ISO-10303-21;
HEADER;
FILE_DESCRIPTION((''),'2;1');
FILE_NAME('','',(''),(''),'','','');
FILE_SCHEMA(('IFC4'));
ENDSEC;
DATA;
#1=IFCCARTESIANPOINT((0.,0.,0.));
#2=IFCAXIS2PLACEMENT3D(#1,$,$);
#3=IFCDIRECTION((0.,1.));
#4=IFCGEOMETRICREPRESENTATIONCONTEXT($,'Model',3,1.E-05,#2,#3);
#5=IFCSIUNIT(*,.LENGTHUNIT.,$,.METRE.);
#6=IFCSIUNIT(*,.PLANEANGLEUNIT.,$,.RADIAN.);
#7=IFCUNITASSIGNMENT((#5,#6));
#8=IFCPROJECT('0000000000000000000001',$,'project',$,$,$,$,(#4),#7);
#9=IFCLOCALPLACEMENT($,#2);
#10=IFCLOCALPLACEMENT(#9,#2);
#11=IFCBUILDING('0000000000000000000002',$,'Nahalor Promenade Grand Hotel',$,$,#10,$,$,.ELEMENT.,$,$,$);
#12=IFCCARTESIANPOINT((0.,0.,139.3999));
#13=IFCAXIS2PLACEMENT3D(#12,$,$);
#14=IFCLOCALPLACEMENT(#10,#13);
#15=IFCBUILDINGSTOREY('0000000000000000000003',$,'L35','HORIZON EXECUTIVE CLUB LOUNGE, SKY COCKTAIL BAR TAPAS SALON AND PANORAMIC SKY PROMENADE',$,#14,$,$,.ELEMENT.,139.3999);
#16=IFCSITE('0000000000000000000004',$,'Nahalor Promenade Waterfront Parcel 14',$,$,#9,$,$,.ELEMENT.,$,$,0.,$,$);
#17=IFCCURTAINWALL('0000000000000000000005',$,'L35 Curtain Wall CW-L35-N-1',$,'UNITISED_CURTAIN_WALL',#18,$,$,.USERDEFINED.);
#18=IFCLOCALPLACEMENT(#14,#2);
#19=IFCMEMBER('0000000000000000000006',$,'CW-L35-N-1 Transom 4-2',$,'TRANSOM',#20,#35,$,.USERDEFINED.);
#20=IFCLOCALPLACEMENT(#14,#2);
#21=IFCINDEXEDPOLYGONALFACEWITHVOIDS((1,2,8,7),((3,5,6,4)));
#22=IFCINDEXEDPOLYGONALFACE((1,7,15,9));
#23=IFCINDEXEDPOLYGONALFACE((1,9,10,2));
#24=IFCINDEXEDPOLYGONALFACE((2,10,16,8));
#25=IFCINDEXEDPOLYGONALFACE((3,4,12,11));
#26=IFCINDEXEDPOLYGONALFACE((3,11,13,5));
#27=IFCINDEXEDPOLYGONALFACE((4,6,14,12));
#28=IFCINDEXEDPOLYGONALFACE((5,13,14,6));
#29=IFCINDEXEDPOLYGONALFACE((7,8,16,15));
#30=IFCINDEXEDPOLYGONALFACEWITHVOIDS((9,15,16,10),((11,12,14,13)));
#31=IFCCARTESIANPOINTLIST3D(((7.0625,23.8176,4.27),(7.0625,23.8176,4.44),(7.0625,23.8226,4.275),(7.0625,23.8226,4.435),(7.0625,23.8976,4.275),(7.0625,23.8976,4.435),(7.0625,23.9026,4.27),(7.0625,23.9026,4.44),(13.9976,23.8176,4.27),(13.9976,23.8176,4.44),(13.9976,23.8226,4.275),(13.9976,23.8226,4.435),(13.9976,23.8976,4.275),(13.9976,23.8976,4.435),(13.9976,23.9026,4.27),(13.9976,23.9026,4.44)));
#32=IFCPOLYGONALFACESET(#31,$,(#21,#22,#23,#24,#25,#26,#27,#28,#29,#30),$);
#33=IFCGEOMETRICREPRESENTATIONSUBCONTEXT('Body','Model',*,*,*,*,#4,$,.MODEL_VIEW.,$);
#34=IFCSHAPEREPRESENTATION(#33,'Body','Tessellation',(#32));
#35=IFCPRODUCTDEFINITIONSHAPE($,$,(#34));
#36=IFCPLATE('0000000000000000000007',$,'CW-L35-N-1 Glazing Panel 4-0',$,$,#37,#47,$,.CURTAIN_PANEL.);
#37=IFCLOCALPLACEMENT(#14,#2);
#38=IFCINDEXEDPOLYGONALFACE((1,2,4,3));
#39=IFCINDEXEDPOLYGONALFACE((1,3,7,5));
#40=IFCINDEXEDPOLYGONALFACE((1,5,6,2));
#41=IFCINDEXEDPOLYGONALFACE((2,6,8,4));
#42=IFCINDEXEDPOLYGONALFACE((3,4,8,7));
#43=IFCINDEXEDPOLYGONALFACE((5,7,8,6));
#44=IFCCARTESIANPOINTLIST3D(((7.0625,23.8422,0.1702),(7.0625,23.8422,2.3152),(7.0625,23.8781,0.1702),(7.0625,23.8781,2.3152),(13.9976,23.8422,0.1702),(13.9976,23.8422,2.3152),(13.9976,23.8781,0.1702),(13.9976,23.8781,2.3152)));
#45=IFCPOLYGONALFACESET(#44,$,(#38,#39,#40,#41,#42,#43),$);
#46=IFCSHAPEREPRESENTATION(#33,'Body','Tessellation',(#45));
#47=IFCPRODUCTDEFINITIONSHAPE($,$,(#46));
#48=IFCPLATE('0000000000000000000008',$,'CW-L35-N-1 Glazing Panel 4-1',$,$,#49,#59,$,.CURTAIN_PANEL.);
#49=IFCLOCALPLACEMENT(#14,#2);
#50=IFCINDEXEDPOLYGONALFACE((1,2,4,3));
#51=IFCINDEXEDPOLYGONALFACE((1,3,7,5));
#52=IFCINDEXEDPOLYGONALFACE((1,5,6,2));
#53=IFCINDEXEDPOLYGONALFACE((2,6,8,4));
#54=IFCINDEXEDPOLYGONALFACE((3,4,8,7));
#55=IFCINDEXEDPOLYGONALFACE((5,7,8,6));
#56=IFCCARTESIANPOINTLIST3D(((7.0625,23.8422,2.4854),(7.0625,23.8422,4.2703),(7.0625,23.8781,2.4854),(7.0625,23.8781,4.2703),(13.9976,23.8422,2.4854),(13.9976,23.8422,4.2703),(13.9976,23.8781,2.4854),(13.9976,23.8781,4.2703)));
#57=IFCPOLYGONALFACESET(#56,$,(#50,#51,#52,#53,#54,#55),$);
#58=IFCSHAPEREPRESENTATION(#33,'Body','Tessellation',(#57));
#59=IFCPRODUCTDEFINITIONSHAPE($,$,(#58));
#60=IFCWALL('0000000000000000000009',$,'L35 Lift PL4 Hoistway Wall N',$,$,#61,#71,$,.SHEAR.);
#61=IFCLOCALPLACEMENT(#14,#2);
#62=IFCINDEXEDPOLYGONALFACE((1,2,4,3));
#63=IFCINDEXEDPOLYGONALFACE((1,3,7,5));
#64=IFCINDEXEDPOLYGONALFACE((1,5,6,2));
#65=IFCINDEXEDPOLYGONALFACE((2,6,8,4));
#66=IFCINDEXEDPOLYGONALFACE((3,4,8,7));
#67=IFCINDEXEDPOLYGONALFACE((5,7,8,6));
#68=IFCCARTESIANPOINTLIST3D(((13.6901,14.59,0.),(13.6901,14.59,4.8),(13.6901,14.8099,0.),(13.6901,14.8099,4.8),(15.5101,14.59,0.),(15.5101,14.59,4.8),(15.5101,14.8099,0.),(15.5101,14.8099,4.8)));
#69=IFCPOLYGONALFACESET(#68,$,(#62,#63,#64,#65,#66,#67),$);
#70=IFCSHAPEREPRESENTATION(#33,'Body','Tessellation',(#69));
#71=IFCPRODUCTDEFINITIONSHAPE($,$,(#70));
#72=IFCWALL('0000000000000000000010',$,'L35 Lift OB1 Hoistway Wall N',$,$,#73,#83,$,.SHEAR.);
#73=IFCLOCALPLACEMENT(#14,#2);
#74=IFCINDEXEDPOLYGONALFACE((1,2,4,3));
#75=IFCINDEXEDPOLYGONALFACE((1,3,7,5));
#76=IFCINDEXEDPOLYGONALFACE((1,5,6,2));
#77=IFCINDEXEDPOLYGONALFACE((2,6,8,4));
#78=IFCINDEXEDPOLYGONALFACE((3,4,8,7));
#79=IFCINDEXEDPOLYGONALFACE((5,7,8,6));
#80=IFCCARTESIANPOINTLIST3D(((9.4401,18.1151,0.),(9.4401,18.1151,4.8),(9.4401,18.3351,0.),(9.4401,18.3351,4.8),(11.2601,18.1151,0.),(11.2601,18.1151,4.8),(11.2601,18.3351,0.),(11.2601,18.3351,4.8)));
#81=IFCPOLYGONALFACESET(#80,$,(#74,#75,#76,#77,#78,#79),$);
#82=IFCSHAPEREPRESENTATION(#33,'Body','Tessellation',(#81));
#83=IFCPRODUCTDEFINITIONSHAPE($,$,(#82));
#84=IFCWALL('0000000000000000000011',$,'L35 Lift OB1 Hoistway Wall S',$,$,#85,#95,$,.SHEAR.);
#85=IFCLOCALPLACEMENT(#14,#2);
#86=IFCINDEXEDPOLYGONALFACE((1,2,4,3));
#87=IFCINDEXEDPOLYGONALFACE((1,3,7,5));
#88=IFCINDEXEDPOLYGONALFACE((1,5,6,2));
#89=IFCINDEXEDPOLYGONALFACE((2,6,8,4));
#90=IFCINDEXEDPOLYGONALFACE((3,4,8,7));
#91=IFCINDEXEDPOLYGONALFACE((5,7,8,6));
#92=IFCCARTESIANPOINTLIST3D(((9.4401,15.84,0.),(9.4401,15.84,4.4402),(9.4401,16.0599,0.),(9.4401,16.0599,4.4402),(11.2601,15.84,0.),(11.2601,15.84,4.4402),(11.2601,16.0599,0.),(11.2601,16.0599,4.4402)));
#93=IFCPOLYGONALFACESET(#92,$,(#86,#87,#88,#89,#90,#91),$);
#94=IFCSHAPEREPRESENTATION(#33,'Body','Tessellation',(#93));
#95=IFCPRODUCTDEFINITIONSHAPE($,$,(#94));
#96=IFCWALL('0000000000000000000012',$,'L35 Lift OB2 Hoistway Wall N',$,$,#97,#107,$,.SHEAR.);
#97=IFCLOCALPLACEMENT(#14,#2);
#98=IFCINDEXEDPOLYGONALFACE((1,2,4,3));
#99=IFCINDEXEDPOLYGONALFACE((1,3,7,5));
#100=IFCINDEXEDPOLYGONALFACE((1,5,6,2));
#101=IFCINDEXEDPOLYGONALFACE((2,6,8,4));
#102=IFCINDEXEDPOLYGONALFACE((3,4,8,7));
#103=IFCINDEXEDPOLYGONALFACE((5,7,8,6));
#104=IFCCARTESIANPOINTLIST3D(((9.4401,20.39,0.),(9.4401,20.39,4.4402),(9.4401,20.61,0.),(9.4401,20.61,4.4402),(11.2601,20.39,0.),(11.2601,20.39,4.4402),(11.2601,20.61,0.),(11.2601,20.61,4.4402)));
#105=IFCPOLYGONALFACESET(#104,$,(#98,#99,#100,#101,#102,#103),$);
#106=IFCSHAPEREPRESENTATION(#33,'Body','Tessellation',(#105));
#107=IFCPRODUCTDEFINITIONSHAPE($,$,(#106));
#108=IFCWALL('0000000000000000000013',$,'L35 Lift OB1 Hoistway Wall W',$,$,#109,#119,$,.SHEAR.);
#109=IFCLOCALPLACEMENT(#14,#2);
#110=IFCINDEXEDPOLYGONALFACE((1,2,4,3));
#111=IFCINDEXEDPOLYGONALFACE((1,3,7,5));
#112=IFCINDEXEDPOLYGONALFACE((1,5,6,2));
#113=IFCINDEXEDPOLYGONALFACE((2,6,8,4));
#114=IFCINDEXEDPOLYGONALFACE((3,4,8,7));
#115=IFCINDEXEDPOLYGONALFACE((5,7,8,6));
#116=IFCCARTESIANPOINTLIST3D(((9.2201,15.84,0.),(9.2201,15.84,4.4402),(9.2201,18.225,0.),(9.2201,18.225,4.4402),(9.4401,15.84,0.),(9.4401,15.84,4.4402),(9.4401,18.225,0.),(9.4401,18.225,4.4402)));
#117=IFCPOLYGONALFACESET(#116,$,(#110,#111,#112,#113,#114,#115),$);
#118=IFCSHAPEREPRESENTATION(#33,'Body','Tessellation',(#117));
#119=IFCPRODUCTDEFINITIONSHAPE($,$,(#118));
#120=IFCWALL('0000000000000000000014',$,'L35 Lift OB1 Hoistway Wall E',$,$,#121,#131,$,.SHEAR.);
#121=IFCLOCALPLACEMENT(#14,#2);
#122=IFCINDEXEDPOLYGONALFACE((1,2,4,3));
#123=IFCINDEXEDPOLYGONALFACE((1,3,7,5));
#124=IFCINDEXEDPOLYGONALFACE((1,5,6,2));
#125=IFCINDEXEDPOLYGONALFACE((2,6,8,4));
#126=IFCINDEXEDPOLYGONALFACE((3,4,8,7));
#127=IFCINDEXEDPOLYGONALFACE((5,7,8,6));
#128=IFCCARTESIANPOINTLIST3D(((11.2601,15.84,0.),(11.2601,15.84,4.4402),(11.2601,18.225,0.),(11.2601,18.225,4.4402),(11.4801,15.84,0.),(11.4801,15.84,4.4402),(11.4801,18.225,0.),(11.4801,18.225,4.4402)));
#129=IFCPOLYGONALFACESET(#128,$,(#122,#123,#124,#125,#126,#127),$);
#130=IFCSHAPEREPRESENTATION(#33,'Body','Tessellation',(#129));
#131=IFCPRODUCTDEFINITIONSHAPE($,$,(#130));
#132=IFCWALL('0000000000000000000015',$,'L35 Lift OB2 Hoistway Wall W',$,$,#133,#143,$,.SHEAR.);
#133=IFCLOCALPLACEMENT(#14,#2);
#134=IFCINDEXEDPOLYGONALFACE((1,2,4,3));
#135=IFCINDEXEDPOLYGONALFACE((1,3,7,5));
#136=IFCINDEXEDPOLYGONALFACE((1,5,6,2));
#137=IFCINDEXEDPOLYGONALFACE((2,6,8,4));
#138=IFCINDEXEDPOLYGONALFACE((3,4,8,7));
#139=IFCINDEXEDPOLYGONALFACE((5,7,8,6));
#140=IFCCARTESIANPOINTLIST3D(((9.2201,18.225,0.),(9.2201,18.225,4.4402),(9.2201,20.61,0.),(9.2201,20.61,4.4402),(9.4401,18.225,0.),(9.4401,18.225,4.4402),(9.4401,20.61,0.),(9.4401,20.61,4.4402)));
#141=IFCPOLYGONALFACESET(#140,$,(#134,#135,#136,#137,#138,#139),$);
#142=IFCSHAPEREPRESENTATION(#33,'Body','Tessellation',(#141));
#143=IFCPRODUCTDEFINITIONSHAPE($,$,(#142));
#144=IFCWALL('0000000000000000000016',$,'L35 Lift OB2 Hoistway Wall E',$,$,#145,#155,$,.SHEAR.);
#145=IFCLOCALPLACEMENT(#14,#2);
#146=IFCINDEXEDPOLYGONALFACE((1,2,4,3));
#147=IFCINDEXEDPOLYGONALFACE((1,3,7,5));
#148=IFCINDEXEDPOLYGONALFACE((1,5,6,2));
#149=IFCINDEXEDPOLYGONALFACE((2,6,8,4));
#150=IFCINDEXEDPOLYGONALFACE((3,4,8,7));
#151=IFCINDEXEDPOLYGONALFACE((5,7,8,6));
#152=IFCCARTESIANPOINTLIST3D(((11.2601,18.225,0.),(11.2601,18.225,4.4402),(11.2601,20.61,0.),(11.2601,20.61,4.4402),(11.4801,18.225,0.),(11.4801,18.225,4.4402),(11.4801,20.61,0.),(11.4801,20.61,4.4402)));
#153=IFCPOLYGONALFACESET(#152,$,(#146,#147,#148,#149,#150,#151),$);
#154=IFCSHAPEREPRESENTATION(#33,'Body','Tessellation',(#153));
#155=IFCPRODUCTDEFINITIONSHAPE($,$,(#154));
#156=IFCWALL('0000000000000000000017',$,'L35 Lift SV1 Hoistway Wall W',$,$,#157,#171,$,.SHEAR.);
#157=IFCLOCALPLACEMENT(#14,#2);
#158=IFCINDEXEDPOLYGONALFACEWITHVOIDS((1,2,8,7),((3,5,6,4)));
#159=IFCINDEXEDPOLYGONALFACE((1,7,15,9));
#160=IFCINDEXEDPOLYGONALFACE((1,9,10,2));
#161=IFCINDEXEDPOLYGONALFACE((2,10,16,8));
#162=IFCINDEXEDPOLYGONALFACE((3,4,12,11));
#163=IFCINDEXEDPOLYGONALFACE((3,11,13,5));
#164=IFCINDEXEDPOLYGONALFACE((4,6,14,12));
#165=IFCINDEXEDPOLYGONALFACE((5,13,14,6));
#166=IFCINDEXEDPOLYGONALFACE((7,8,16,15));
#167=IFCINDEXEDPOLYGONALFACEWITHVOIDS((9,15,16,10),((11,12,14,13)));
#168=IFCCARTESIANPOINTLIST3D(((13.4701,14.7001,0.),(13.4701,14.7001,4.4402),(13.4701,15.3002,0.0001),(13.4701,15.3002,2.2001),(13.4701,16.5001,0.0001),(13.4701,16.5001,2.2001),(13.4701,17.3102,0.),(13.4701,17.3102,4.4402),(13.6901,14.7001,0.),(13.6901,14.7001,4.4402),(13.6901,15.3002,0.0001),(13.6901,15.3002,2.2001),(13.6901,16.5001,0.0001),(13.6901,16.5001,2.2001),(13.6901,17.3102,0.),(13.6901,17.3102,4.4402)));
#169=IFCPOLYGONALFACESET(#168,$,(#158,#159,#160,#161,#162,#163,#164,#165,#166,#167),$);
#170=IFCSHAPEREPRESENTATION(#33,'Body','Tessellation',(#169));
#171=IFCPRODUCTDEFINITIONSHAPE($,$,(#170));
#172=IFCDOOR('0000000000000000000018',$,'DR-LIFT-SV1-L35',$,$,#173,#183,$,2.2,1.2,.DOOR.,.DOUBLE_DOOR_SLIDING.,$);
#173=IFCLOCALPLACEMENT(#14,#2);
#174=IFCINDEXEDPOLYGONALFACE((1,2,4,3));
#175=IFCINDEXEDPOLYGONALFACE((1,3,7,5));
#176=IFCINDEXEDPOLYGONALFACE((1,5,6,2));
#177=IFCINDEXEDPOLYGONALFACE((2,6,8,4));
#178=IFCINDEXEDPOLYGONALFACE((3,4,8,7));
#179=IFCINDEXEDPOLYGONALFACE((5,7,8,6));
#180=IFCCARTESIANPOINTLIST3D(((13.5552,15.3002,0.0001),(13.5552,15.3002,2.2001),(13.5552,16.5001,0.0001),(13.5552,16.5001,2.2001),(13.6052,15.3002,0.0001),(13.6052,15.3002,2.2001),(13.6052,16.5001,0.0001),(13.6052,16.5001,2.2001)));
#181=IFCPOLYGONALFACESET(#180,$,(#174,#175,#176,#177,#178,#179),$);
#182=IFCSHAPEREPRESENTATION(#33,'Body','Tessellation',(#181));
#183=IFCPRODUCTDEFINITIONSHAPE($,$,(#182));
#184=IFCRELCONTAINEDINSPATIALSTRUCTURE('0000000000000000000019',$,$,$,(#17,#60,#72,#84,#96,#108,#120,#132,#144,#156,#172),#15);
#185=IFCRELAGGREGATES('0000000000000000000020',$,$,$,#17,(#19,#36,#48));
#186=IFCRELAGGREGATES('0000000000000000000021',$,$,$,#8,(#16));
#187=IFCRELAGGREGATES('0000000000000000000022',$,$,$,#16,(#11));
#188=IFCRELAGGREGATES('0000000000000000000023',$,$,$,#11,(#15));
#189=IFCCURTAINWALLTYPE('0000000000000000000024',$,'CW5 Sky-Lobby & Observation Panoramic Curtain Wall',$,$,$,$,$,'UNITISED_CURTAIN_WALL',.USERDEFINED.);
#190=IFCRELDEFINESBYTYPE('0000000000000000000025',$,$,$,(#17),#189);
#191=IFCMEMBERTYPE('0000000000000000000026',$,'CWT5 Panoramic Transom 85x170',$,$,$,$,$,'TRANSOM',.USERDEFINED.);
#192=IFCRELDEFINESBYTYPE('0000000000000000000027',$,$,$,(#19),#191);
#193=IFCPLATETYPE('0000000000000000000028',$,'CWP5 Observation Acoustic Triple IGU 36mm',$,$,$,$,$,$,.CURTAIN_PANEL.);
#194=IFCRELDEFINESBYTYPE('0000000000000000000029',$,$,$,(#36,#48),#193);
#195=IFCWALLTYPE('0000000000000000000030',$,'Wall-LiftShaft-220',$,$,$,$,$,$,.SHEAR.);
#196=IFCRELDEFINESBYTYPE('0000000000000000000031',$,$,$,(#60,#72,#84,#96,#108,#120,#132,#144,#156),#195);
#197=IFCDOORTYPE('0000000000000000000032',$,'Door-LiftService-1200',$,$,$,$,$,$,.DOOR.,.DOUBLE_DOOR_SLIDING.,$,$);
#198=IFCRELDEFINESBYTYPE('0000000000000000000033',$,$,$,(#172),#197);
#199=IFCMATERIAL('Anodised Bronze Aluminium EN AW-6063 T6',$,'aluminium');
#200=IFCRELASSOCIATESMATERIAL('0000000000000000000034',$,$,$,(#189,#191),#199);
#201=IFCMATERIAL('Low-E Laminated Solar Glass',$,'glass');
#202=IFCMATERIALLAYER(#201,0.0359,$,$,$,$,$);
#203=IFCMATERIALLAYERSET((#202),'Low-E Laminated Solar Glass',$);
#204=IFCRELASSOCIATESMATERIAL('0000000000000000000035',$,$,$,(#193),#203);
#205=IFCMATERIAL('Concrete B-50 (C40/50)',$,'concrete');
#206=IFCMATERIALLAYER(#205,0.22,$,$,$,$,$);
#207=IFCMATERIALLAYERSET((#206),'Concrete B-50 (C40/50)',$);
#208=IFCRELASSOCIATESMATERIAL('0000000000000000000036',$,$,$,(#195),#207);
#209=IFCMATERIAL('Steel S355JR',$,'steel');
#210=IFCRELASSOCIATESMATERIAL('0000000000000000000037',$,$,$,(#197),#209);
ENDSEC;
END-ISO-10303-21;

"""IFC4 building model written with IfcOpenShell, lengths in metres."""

from ifc_helpers import new_model, si_unit, direction, frame, frame_2d, origin, origin_2d, place, context, subcontext, project, spatial, rectangle, hollow_rectangle, extrude, source, transform, mapped, material, layer, layer_set, material_profile, profile_set, type_object, element, fill, aggregate, save


model = new_model("IFC4")

# Units and contexts
model_context = context("Model", 3, precision=1e-05, world=origin(), true_north=direction((0.0, 1.0)))
body_context = subcontext(model_context, "Body", "Model", "MODEL_VIEW")
ifc_project = project(units=[si_unit("LENGTHUNIT", "METRE"), si_unit("PLANEANGLEUNIT", "RADIAN")], contexts=[model_context])

# Site, building, storey
site_placement = place(None, origin())
site = spatial("IfcSite", under=ifc_project, at=site_placement, Name="Nahalor Promenade Waterfront Parcel 14", CompositionType="ELEMENT", RefElevation=0.0)
building_placement = place(site_placement, origin())
building = spatial("IfcBuilding", under=site, at=building_placement, Name="Nahalor Promenade Grand Hotel", CompositionType="ELEMENT")
storey_placement = place(building_placement, frame((0.0, 0.0, 139.3999)))
storey = spatial("IfcBuildingStorey", under=building, at=storey_placement, Name="L35", Description="HORIZON EXECUTIVE CLUB LOUNGE, SKY COCKTAIL BAR TAPAS SALON AND PANORAMIC SKY PROMENADE", CompositionType="ELEMENT", Elevation=139.3999)

# Shared definitions
ifc_material_1 = material(Name="Steel S355JR", Category="steel")

# Curtain wall, member, plates
ifc_material_2 = material(Name="Anodised Bronze Aluminium EN AW-6063 T6", Category="aluminium")
curtain_wall_type = type_object("IfcCurtainWallType", Name="CW5 Sky-Lobby & Observation Panoramic Curtain Wall", ElementType="UNITISED_CURTAIN_WALL", PredefinedType="USERDEFINED", material=ifc_material_2)
curtain_wall_placement = place(storey_placement, origin())
curtain_wall = element("IfcCurtainWall", 1, at=curtain_wall_placement, inside=storey, type_object=curtain_wall_type, Name="L35 Curtain Wall CW-L35-N-1", ObjectType="UNITISED_CURTAIN_WALL", PredefinedType="USERDEFINED")
ifc_material_profile_1 = material_profile(ifc_material_2, hollow_rectangle(XDim=0.085, YDim=0.17, WallThickness=0.005, at=origin_2d()), Name="CWT 85x170x5")
ifc_profile_set_1 = profile_set([ifc_material_profile_1], Name="Anodised Bronze Aluminium EN AW-6063 T6")
member_type_1 = type_object("IfcMemberType", Name="CWT5 Panoramic Transom 85x170", ElementType="TRANSOM", PredefinedType="USERDEFINED", material=ifc_profile_set_1)
shared_shape_1 = source(origin(), body_context, "Body", "SweptSolid", [
    extrude(hollow_rectangle(XDim=0.085, YDim=0.17, WallThickness=0.005, at=origin_2d()), origin(), (0.0, 0.0, 1.0), 6.9351),
])
member_1_placement = place(storey_placement, frame((7.0625, 23.8601, 4.355), z_axis=(1.0, 0.0, 0.0), x_axis=(0.0, 1.0, 0.0)))
member_1 = element("IfcMember", 2, at=member_1_placement, type_object=member_type_1, Name="CW-L35-N-1 Transom 4-2", ObjectType="TRANSOM", PredefinedType="USERDEFINED", context=body_context, shape_type="MappedRepresentation", body=[
    mapped(shared_shape_1, transform((0.0, 0.0, 0.0), scale=1.0)),
])
ifc_material_3 = material(Name="Low-E Laminated Solar Glass", Category="glass")
ifc_layer_1 = layer(ifc_material_3, 0.0359)
ifc_layer_set_1 = layer_set([ifc_layer_1], Name="Low-E Laminated Solar Glass")
plate_type = type_object("IfcPlateType", Name="CWP5 Observation Acoustic Triple IGU 36mm", PredefinedType="CURTAIN_PANEL", material=ifc_layer_set_1)
shared_shape_2 = source(origin(), body_context, "Body", "SweptSolid", [
    extrude(rectangle(XDim=6.9351, YDim=0.0359, at=origin_2d()), origin(), (0.0, 0.0, 1.0), 2.145),
])
plate_1_placement = place(storey_placement, frame((10.53, 23.8601, 0.1702), z_axis=(0.0, 0.0, 1.0), x_axis=(1.0, 0.0, 0.0)))
plate_1 = element("IfcPlate", 3, at=plate_1_placement, type_object=plate_type, Name="CW-L35-N-1 Glazing Panel 4-0", PredefinedType="CURTAIN_PANEL", context=body_context, shape_type="MappedRepresentation", body=[
    mapped(shared_shape_2, transform((0.0, 0.0, 0.0), scale=1.0)),
])
shared_shape_3 = source(origin(), body_context, "Body", "SweptSolid", [
    extrude(rectangle(XDim=6.9351, YDim=0.0359, at=origin_2d()), origin(), (0.0, 0.0, 1.0), 1.7849),
])
plate_2_placement = place(storey_placement, frame((10.53, 23.8601, 2.4854), z_axis=(0.0, 0.0, 1.0), x_axis=(1.0, 0.0, 0.0)))
plate_2 = element("IfcPlate", 4, at=plate_2_placement, type_object=plate_type, Name="CW-L35-N-1 Glazing Panel 4-1", PredefinedType="CURTAIN_PANEL", context=body_context, shape_type="MappedRepresentation", body=[
    mapped(shared_shape_3, transform((0.0, 0.0, 0.0), scale=1.0)),
])
aggregate(curtain_wall, [member_1, plate_1, plate_2])

# Walls
ifc_material_4 = material(Name="Concrete B-50 (C40/50)", Category="concrete")
ifc_layer_2 = layer(ifc_material_4, 0.22)
ifc_layer_set_2 = layer_set([ifc_layer_2], Name="Concrete B-50 (C40/50)")
wall_type_1 = type_object("IfcWallType", Name="Wall-LiftShaft-220", PredefinedType="SHEAR", material=ifc_layer_set_2)
shared_shape_4 = source(origin(), body_context, "Body", "SweptSolid", [
    extrude(rectangle(XDim=1.8201, YDim=0.22, at=frame_2d((0.9102, 0.0))), origin(), (0.0, 0.0, 1.0), 4.8),
])
for number, where, z_axis, x_axis, name in (
    (5, (13.6899, 14.7, 0.0), (0.0, 0.0, 1.0), (1.0, 0.0, 0.0), "L35 Lift PL4 Hoistway Wall N"),
    (6, (9.4399, 18.2251, 0.0), (0.0, 0.0, 1.0), (1.0, 0.0, 0.0), "L35 Lift OB1 Hoistway Wall N"),
):
    element("IfcWall", number, at=place(storey_placement, frame(where, z_axis=z_axis, x_axis=x_axis)), inside=storey, type_object=wall_type_1, Name=name, PredefinedType="SHEAR", context=body_context, shape_type="MappedRepresentation", body=[
        mapped(shared_shape_4, transform((0.0, 0.0, 0.0), scale=1.0)),
    ])
shared_shape_5 = source(origin(), body_context, "Body", "SweptSolid", [
    extrude(rectangle(XDim=1.8201, YDim=0.22, at=frame_2d((0.9102, 0.0))), origin(), (0.0, 0.0, 1.0), 4.4402),
])
for number, where, z_axis, x_axis, name in (
    (7, (9.4399, 15.95, 0.0), (0.0, 0.0, 1.0), (1.0, 0.0, 0.0), "L35 Lift OB1 Hoistway Wall S"),
    (8, (9.4399, 20.5, 0.0), (0.0, 0.0, 1.0), (1.0, 0.0, 0.0), "L35 Lift OB2 Hoistway Wall N"),
):
    element("IfcWall", number, at=place(storey_placement, frame(where, z_axis=z_axis, x_axis=x_axis)), inside=storey, type_object=wall_type_1, Name=name, PredefinedType="SHEAR", context=body_context, shape_type="MappedRepresentation", body=[
        mapped(shared_shape_5, transform((0.0, 0.0, 0.0), scale=1.0)),
    ])
shared_shape_6 = source(origin(), body_context, "Body", "SweptSolid", [
    extrude(rectangle(XDim=2.385, YDim=0.22, at=frame_2d((1.1924, 0.0))), origin(), (0.0, 0.0, 1.0), 4.4402),
])
for number, where, z_axis, x_axis, name in (
    (9, (9.3301, 15.8401, 0.0), (0.0, 0.0, 1.0), (0.0, 1.0, 0.0), "L35 Lift OB1 Hoistway Wall W"),
    (10, (11.3701, 15.8401, 0.0), (0.0, 0.0, 1.0), (0.0, 1.0, 0.0), "L35 Lift OB1 Hoistway Wall E"),
    (11, (9.3301, 18.2251, 0.0), (0.0, 0.0, 1.0), (0.0, 1.0, 0.0), "L35 Lift OB2 Hoistway Wall W"),
    (12, (11.3701, 18.2251, 0.0), (0.0, 0.0, 1.0), (0.0, 1.0, 0.0), "L35 Lift OB2 Hoistway Wall E"),
):
    element("IfcWall", number, at=place(storey_placement, frame(where, z_axis=z_axis, x_axis=x_axis)), inside=storey, type_object=wall_type_1, Name=name, PredefinedType="SHEAR", context=body_context, shape_type="MappedRepresentation", body=[
        mapped(shared_shape_6, transform((0.0, 0.0, 0.0), scale=1.0)),
    ])

# Wall, opening, door
shared_shape_7 = source(origin(), body_context, "Body", "SweptSolid", [
    extrude(rectangle(XDim=2.6101, YDim=0.22, at=frame_2d((1.3052, 0.0))), origin(), (0.0, 0.0, 1.0), 4.4402),
])
wall_1_placement = place(storey_placement, frame((13.5801, 14.7, 0.0), z_axis=(0.0, 0.0, 1.0), x_axis=(0.0, 1.0, 0.0)))
wall_1 = element("IfcWall", 13, at=wall_1_placement, inside=storey, type_object=wall_type_1, Name="L35 Lift SV1 Hoistway Wall W", PredefinedType="SHEAR", context=body_context, shape_type="MappedRepresentation", body=[
    mapped(shared_shape_7, transform((0.0, 0.0, 0.0), scale=1.0)),
])
opening_1_placement = place(wall_1_placement, frame((0.6001, 0.0, 0.0)))
opening_1 = element("IfcOpeningElement", 14, at=opening_1_placement, cuts=wall_1, PredefinedType="OPENING", context=body_context, shape_type="SweptSolid", body=[
    extrude(rectangle(XDim=1.2, YDim=2.2, at=frame_2d((0.6001, 1.1001))), frame((0.0, 0.1199, 0.0), z_axis=(0.0, -1.0, 0.0), x_axis=(1.0, 0.0, 0.0)), (0.0, 0.0, 1.0), 0.24),
])
door_type_1 = type_object("IfcDoorType", Name="Door-LiftService-1200", OperationType="DOUBLE_DOOR_SLIDING", PredefinedType="DOOR", material=ifc_material_1)
shared_shape_8 = source(origin(), body_context, "Body", "SweptSolid", [
    extrude(rectangle(XDim=1.2, YDim=2.2, at=frame_2d((0.6001, 1.1001))), frame((0.0, 0.0249, 0.0), z_axis=(0.0, -1.0, 0.0), x_axis=(1.0, 0.0, 0.0)), (0.0, 0.0, 1.0), 0.05),
])
door_1_placement = place(opening_1_placement, origin())
door_1 = element("IfcDoor", 15, at=door_1_placement, inside=storey, type_object=door_type_1, Name="DR-LIFT-SV1-L35", OperationType="DOUBLE_DOOR_SLIDING", OverallHeight=2.2, OverallWidth=1.2, PredefinedType="DOOR", context=body_context, shape_type="MappedRepresentation", body=[
    mapped(shared_shape_8, transform((0.0, 0.0, 0.0), scale=1.0)),
])
fill(opening_1, door_1)

save(model, "model.ifc")
